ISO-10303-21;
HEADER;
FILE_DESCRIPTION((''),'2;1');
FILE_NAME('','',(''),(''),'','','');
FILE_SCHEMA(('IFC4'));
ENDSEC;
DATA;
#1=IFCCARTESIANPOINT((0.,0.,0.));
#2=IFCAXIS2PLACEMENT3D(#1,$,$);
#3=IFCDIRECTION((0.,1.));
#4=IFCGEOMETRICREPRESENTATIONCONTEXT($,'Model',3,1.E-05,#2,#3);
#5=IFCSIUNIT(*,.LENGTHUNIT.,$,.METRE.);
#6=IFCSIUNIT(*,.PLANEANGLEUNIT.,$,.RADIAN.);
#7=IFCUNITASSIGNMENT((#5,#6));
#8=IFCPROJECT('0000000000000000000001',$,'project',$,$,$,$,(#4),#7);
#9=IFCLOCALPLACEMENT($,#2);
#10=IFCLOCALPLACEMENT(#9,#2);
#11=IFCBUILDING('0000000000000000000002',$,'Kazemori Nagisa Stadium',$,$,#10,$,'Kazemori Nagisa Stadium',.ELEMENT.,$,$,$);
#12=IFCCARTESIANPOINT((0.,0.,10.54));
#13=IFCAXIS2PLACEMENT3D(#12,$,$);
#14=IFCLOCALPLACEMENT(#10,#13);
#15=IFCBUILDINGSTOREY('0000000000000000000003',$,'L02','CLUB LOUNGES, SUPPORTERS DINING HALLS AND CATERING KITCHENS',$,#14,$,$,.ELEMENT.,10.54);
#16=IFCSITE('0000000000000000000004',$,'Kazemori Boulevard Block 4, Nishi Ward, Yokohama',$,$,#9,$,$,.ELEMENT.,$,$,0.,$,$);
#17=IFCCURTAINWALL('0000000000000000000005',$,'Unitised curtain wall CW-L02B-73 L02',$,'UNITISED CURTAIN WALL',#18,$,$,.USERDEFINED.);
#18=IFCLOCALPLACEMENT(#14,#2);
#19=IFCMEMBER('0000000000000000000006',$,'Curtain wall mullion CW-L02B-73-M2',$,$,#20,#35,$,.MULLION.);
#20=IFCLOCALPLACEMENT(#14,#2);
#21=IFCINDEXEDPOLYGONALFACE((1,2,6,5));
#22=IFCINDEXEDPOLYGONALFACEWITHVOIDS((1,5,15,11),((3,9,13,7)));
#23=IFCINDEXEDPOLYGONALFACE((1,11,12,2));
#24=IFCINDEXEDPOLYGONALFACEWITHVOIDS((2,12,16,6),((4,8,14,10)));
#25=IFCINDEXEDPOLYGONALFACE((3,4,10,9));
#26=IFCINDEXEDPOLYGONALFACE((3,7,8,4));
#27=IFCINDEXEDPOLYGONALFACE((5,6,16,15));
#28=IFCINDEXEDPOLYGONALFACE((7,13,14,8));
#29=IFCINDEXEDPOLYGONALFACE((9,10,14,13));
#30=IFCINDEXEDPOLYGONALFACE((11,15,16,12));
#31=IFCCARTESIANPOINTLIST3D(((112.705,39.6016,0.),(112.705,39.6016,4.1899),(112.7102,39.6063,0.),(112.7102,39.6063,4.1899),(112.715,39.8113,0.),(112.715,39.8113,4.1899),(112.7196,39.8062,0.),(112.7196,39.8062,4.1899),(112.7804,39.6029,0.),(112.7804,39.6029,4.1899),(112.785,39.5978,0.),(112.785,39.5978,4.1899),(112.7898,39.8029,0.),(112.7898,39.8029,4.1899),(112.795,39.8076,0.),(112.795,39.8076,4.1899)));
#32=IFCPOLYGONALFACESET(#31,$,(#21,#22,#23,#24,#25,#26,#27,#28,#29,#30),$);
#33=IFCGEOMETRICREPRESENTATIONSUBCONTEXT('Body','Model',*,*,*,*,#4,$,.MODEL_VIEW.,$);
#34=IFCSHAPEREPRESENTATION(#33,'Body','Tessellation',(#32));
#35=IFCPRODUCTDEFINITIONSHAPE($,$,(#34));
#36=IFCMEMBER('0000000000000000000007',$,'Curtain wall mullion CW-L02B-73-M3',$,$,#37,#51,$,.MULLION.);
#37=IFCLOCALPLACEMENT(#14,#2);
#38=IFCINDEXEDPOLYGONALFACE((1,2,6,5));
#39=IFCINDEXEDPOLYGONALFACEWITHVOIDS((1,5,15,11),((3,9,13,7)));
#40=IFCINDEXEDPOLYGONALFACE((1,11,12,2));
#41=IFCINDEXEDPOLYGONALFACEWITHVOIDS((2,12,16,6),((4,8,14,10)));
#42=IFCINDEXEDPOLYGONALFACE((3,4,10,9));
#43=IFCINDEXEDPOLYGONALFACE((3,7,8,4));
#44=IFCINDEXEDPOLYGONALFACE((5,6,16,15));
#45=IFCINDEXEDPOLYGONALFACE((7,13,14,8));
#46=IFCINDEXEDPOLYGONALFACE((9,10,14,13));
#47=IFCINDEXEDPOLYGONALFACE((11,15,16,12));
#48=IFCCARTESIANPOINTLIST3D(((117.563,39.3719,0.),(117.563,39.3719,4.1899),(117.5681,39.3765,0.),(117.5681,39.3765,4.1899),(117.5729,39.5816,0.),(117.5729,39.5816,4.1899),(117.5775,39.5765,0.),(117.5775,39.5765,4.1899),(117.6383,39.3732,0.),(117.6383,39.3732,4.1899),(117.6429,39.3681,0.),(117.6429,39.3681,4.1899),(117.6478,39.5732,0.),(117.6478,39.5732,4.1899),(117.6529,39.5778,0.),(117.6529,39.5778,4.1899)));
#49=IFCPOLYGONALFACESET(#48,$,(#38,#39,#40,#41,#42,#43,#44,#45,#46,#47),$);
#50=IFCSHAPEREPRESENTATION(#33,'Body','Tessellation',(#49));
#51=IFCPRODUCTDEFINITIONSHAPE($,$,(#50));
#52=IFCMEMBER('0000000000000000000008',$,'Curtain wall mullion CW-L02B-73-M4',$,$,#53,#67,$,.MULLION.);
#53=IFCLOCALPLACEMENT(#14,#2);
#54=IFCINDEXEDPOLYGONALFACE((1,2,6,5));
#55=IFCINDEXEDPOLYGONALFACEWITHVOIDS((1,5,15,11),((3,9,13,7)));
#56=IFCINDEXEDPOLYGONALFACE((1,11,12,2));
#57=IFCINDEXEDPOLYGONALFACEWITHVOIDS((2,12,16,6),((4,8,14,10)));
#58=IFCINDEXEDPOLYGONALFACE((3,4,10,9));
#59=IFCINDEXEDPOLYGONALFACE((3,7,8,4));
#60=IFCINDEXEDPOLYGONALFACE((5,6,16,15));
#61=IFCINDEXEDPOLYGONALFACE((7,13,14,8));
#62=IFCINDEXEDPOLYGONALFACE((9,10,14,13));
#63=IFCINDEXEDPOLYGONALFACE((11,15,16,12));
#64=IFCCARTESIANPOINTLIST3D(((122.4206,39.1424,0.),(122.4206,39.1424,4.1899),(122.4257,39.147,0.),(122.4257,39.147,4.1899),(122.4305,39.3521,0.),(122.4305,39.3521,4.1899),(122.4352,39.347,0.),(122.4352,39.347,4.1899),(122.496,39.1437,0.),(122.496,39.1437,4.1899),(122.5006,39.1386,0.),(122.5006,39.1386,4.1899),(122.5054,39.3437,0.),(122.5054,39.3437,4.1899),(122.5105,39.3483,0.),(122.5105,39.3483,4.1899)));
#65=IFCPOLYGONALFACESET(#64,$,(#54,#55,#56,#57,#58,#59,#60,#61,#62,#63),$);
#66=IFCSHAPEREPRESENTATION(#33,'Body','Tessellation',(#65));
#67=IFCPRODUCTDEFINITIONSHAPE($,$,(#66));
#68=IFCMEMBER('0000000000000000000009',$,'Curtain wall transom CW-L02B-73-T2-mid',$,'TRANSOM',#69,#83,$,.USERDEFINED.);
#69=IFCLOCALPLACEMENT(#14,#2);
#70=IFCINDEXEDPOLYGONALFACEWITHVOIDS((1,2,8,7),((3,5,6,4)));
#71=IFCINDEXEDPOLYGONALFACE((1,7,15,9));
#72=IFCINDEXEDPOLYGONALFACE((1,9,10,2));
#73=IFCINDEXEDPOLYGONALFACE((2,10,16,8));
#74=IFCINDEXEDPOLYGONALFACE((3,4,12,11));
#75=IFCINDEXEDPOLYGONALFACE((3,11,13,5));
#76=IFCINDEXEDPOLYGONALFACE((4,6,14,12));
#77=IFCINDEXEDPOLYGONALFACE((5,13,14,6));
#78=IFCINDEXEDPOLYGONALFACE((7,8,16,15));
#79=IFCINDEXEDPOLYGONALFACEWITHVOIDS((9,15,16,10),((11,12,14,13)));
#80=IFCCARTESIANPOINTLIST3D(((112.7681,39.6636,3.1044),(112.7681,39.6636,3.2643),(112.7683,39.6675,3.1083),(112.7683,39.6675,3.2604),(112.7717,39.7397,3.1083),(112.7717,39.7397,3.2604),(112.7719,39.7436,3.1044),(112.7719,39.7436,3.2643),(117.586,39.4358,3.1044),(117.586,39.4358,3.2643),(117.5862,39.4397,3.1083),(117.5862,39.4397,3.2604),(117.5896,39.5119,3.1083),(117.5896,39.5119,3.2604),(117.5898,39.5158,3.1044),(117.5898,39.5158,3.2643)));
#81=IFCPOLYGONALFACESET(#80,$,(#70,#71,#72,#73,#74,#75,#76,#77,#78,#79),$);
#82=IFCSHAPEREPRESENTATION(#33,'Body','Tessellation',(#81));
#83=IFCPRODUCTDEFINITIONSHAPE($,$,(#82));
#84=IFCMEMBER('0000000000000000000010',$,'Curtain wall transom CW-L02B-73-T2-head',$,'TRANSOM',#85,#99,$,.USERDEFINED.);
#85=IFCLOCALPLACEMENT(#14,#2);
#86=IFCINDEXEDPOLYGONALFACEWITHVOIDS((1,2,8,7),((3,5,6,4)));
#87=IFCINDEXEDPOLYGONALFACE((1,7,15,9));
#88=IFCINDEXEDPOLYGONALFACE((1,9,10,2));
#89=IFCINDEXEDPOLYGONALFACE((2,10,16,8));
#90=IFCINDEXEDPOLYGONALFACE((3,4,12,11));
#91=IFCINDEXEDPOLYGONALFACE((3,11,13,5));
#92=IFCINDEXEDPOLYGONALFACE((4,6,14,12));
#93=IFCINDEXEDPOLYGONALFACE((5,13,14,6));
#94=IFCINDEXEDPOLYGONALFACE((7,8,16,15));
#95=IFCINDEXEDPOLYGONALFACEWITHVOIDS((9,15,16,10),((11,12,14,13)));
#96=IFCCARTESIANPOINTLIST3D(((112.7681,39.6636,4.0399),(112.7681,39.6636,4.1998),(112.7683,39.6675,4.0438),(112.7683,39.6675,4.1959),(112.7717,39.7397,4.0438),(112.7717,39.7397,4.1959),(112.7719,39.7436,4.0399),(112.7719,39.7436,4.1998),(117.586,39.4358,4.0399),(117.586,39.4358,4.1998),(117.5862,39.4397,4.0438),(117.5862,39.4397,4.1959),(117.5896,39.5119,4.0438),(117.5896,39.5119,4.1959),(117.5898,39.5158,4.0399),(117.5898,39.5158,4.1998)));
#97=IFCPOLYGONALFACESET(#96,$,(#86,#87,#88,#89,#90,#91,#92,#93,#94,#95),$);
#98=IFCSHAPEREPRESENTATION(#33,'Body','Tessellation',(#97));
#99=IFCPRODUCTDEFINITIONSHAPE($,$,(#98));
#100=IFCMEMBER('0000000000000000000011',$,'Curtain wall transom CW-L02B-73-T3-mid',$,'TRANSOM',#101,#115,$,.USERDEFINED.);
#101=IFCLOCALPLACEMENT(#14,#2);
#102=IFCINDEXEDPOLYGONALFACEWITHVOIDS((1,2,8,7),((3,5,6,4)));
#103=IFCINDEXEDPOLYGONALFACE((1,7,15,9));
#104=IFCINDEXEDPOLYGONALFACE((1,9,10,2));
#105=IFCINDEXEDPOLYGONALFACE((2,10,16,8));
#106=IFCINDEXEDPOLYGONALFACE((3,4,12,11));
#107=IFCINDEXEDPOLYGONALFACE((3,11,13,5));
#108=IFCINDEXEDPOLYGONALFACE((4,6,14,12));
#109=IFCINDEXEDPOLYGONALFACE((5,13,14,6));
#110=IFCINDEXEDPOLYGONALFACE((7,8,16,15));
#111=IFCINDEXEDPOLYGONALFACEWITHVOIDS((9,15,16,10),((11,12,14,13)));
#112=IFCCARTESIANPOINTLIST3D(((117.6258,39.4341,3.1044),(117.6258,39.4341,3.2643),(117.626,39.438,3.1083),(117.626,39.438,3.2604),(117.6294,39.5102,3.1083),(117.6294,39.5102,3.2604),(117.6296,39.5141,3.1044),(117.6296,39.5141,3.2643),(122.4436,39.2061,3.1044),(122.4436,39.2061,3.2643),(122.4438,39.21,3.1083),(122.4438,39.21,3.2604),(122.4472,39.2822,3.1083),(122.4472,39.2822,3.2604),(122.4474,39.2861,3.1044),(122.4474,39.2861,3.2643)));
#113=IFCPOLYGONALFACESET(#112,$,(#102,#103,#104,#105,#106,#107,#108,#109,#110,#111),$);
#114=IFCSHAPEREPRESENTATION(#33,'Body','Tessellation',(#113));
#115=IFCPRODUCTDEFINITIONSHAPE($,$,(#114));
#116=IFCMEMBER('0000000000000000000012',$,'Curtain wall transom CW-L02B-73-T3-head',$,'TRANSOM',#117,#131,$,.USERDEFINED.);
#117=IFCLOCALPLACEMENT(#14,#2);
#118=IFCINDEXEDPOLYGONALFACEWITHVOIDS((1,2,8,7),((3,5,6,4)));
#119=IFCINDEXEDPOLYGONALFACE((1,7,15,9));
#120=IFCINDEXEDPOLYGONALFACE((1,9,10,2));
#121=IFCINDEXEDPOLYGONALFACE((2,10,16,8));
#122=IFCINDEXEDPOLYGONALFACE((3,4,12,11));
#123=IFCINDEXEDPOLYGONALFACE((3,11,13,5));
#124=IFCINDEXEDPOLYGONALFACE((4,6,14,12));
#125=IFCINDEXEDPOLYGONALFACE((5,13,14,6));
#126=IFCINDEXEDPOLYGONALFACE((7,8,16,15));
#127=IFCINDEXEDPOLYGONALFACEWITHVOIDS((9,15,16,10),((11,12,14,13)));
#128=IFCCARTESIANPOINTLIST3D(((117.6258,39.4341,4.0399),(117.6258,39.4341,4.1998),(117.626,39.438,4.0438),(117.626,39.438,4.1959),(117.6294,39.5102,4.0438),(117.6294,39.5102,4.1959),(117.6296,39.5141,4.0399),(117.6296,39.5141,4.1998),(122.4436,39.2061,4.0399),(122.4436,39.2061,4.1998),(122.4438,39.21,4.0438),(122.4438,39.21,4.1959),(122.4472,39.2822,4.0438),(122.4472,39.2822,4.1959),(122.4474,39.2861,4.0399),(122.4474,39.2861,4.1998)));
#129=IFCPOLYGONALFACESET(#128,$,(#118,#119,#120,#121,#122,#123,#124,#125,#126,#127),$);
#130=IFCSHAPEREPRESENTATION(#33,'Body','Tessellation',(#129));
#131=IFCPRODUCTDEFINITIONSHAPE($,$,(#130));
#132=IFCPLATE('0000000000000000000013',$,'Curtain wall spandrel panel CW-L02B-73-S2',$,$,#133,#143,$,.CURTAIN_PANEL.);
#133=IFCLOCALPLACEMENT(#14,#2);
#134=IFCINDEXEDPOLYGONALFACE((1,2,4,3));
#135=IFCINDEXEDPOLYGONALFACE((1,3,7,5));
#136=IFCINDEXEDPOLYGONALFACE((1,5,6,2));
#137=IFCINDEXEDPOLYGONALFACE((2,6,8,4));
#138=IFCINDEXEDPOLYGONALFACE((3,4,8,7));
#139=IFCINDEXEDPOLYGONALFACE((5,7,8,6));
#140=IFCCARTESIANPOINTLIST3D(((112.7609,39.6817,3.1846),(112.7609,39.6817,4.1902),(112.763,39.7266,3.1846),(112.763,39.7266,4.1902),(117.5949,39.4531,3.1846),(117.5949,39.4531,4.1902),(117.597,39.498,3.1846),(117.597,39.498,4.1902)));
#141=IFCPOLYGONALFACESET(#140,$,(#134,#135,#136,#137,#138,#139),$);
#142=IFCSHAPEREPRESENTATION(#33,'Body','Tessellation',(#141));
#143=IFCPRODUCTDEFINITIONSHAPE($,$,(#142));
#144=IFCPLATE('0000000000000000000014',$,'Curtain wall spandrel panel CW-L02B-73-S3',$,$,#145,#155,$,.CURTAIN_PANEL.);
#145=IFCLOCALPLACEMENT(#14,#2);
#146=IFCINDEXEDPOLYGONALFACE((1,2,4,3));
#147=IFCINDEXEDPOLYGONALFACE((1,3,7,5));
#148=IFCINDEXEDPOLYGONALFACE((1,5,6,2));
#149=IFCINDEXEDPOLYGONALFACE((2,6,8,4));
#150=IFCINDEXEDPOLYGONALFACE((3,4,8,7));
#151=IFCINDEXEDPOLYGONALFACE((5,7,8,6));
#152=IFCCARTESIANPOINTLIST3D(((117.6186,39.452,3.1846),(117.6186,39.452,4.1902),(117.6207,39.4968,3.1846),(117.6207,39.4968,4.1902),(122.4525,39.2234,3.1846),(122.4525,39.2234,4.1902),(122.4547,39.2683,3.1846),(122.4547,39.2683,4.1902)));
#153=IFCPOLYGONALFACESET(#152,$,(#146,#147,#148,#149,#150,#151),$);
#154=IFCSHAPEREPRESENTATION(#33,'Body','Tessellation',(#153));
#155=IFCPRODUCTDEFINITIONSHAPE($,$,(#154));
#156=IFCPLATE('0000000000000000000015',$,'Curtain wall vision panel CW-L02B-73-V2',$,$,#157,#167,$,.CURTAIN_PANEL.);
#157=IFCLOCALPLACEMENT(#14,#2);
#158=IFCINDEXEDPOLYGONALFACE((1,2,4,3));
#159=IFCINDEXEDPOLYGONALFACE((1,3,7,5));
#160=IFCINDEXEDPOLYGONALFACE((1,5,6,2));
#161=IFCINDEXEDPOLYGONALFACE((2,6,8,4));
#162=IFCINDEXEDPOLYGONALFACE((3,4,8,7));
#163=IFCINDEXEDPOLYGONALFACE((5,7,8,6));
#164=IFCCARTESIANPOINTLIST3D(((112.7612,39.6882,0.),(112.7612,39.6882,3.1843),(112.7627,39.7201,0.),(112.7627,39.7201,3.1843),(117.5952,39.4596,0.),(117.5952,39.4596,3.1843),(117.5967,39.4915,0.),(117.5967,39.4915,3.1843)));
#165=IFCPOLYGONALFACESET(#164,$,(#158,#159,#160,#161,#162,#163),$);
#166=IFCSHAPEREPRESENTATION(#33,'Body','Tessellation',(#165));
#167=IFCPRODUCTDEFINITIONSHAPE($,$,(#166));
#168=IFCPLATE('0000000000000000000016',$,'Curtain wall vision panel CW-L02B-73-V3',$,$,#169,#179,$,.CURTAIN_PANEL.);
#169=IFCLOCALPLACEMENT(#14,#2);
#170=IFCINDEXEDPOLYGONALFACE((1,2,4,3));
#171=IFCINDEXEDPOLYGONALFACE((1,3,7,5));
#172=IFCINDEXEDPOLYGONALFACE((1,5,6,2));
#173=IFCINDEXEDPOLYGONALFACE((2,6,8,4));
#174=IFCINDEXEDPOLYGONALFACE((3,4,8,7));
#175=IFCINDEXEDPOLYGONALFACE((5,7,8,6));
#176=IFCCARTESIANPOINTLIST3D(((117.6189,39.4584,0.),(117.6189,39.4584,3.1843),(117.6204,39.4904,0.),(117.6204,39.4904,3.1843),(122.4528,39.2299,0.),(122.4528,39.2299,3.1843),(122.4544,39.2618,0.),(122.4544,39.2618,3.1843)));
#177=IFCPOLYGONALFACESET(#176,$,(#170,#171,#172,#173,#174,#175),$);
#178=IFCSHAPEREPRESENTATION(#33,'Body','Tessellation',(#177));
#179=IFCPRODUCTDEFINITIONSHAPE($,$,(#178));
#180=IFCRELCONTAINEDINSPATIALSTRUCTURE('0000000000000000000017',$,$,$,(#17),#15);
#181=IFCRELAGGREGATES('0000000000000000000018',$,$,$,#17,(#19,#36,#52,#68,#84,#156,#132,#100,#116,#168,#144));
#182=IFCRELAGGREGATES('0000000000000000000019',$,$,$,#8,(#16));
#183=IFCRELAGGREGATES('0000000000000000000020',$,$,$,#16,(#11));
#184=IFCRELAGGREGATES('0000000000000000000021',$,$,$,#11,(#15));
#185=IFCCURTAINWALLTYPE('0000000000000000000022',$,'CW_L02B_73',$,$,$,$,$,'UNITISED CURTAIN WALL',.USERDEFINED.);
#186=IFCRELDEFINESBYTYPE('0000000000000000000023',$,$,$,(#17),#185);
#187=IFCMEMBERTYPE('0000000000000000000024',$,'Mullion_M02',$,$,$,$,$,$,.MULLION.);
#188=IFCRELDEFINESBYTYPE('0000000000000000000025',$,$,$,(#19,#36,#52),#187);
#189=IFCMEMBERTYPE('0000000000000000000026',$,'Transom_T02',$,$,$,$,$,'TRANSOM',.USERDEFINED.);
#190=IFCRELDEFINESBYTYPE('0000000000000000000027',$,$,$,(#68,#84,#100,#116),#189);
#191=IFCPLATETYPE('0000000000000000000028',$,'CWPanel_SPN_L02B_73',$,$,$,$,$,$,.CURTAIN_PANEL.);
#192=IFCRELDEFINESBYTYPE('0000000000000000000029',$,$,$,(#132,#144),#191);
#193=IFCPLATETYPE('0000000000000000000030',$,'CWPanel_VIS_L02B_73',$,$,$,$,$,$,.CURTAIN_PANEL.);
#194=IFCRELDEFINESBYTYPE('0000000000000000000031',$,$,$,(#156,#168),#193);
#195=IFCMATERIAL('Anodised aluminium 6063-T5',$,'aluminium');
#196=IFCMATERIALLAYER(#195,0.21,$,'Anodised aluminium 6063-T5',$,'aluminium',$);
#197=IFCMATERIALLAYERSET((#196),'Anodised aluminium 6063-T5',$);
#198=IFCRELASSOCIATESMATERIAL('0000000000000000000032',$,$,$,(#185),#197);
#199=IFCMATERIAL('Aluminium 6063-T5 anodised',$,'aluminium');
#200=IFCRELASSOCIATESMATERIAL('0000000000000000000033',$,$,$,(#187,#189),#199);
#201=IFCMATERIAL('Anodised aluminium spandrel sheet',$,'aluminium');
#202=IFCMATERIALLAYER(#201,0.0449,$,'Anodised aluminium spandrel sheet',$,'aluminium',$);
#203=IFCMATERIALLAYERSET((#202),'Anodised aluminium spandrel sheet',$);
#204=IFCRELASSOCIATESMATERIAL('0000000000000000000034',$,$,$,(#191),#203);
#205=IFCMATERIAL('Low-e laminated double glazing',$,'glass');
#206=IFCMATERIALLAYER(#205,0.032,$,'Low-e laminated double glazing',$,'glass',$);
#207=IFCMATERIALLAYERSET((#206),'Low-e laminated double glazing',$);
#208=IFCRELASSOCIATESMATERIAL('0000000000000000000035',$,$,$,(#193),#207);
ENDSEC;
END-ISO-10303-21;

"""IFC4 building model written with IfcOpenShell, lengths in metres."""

from ifc_helpers import new_model, si_unit, direction, frame, origin, origin_2d, place, context, subcontext, project, spatial, rectangle, hollow_rectangle, extrude, material, layer, layer_set, material_profile, profile_set, type_object, element, aggregate, save


model = new_model("IFC4")

# Units and contexts
model_context = context("Model", 3, precision=1e-05, world=origin(), true_north=direction((0.0, 1.0)))
body_context = subcontext(model_context, "Body", "Model", "MODEL_VIEW")
ifc_project = project(units=[si_unit("LENGTHUNIT", "METRE"), si_unit("PLANEANGLEUNIT", "RADIAN")], contexts=[model_context])

# Site, building, storey
site_placement = place(None, origin())
site = spatial("IfcSite", under=ifc_project, at=site_placement, Name="Kazemori Boulevard Block 4, Nishi Ward, Yokohama", CompositionType="ELEMENT", RefElevation=0.0)
building_placement = place(site_placement, origin())
building = spatial("IfcBuilding", under=site, at=building_placement, Name="Kazemori Nagisa Stadium", LongName="Kazemori Nagisa Stadium", CompositionType="ELEMENT")
storey_placement = place(building_placement, frame((0.0, 0.0, 10.54)))
storey = spatial("IfcBuildingStorey", under=building, at=storey_placement, Name="L02", Description="CLUB LOUNGES, SUPPORTERS DINING HALLS AND CATERING KITCHENS", CompositionType="ELEMENT", Elevation=10.54)

# Curtain wall, members, plates
ifc_material_1 = material(Name="Anodised aluminium 6063-T5", Category="aluminium")
ifc_layer_1 = layer(ifc_material_1, 0.21, Name="Anodised aluminium 6063-T5", Category="aluminium")
ifc_layer_set_1 = layer_set([ifc_layer_1], Name="Anodised aluminium 6063-T5")
curtain_wall_type = type_object("IfcCurtainWallType", Name="CW_L02B_73", ElementType="UNITISED CURTAIN WALL", PredefinedType="USERDEFINED", material=ifc_layer_set_1)
curtain_wall_placement = place(storey_placement, origin())
curtain_wall = element("IfcCurtainWall", 1, at=curtain_wall_placement, inside=storey, type_object=curtain_wall_type, Name="Unitised curtain wall CW-L02B-73 L02", ObjectType="UNITISED CURTAIN WALL", PredefinedType="USERDEFINED")
ifc_material_2 = material(Name="Aluminium 6063-T5 anodised", Category="aluminium")
ifc_material_profile_1 = material_profile(ifc_material_2, hollow_rectangle(XDim=0.0801, YDim=0.21, WallThickness=0.0049, at=origin_2d()), Name="ALU-MULL-80x210x5")
ifc_profile_set_1 = profile_set([ifc_material_profile_1], Name="Aluminium 6063-T5 anodised")
member_type_1 = type_object("IfcMemberType", Name="Mullion_M02", PredefinedType="MULLION", material=ifc_profile_set_1)
member_1_placement = place(storey_placement, frame((112.75, 39.7046, 0.0), z_axis=(0.0, 0.0, 1.0), x_axis=(0.998884, -0.04723, 0.0)))
member_1 = element("IfcMember", 2, at=member_1_placement, type_object=member_type_1, Name="Curtain wall mullion CW-L02B-73-M2", PredefinedType="MULLION", context=body_context, shape_type="SweptSolid", body=[
    extrude(hollow_rectangle(XDim=0.0801, YDim=0.21, WallThickness=0.0049, at=origin_2d()), origin(), (0.0, 0.0, 1.0), 4.1899),
])
member_2_placement = place(storey_placement, frame((117.6079, 39.4749, 0.0), z_axis=(0.0, 0.0, 1.0), x_axis=(0.998884, -0.04723, 0.0)))
member_2 = element("IfcMember", 3, at=member_2_placement, type_object=member_type_1, Name="Curtain wall mullion CW-L02B-73-M3", PredefinedType="MULLION", context=body_context, shape_type="SweptSolid", body=[
    extrude(hollow_rectangle(XDim=0.0801, YDim=0.21, WallThickness=0.0049, at=origin_2d()), origin(), (0.0, 0.0, 1.0), 4.1899),
])
member_3_placement = place(storey_placement, frame((122.4656, 39.2454, 0.0), z_axis=(0.0, 0.0, 1.0), x_axis=(0.998884, -0.04723, 0.0)))
member_3 = element("IfcMember", 4, at=member_3_placement, type_object=member_type_1, Name="Curtain wall mullion CW-L02B-73-M4", PredefinedType="MULLION", context=body_context, shape_type="SweptSolid", body=[
    extrude(hollow_rectangle(XDim=0.0801, YDim=0.21, WallThickness=0.0049, at=origin_2d()), origin(), (0.0, 0.0, 1.0), 4.1899),
])
ifc_material_profile_2 = material_profile(ifc_material_2, hollow_rectangle(XDim=0.0801, YDim=0.1599, WallThickness=0.0039, at=origin_2d()), Name="ALU-TRAN-80x160x4")
ifc_profile_set_2 = profile_set([ifc_material_profile_2], Name="Aluminium 6063-T5 anodised")
member_type_2 = type_object("IfcMemberType", Name="Transom_T02", ElementType="TRANSOM", PredefinedType="USERDEFINED", material=ifc_profile_set_2)
member_4_placement = place(storey_placement, frame((112.77, 39.7036, 3.1843), z_axis=(0.998884, -0.047226, 0.0), x_axis=(0.047226, 0.998884, 0.0)))
member_4 = element("IfcMember", 5, at=member_4_placement, type_object=member_type_2, Name="Curtain wall transom CW-L02B-73-T2-mid", ObjectType="TRANSOM", PredefinedType="USERDEFINED", context=body_context, shape_type="SweptSolid", body=[
    extrude(hollow_rectangle(XDim=0.0801, YDim=0.1599, WallThickness=0.0039, at=origin_2d()), origin(), (0.0, 0.0, 1.0), 4.8232),
])
member_5_placement = place(storey_placement, frame((112.77, 39.7036, 4.1199), z_axis=(0.998884, -0.047226, 0.0), x_axis=(0.047226, 0.998884, 0.0)))
member_5 = element("IfcMember", 6, at=member_5_placement, type_object=member_type_2, Name="Curtain wall transom CW-L02B-73-T2-head", ObjectType="TRANSOM", PredefinedType="USERDEFINED", context=body_context, shape_type="SweptSolid", body=[
    extrude(hollow_rectangle(XDim=0.0801, YDim=0.1599, WallThickness=0.0039, at=origin_2d()), origin(), (0.0, 0.0, 1.0), 4.8232),
])
member_6_placement = place(storey_placement, frame((117.6277, 39.4741, 3.1843), z_axis=(0.998882, -0.047277, 0.0), x_axis=(0.047277, 0.998882, 0.0)))
member_6 = element("IfcMember", 7, at=member_6_placement, type_object=member_type_2, Name="Curtain wall transom CW-L02B-73-T3-mid", ObjectType="TRANSOM", PredefinedType="USERDEFINED", context=body_context, shape_type="SweptSolid", body=[
    extrude(hollow_rectangle(XDim=0.0801, YDim=0.1599, WallThickness=0.0039, at=origin_2d()), origin(), (0.0, 0.0, 1.0), 4.8232),
])
member_7_placement = place(storey_placement, frame((117.6277, 39.4741, 4.1199), z_axis=(0.998882, -0.047277, 0.0), x_axis=(0.047277, 0.998882, 0.0)))
member_7 = element("IfcMember", 8, at=member_7_placement, type_object=member_type_2, Name="Curtain wall transom CW-L02B-73-T3-head", ObjectType="TRANSOM", PredefinedType="USERDEFINED", context=body_context, shape_type="SweptSolid", body=[
    extrude(hollow_rectangle(XDim=0.0801, YDim=0.1599, WallThickness=0.0039, at=origin_2d()), origin(), (0.0, 0.0, 1.0), 4.8232),
])
ifc_material_3 = material(Name="Anodised aluminium spandrel sheet", Category="aluminium")
ifc_layer_2 = layer(ifc_material_3, 0.0449, Name="Anodised aluminium spandrel sheet", Category="aluminium")
ifc_layer_set_2 = layer_set([ifc_layer_2], Name="Anodised aluminium spandrel sheet")
plate_type_1 = type_object("IfcPlateType", Name="CWPanel_SPN_L02B_73", PredefinedType="CURTAIN_PANEL", material=ifc_layer_set_2)
plate_1_placement = place(storey_placement, frame((115.179, 39.5898, 3.1846), z_axis=(0.0, 0.0, 1.0), x_axis=(0.998884, -0.04723, 0.0)))
plate_1 = element("IfcPlate", 9, at=plate_1_placement, type_object=plate_type_1, Name="Curtain wall spandrel panel CW-L02B-73-S2", PredefinedType="CURTAIN_PANEL", context=body_context, shape_type="SweptSolid", body=[
    extrude(rectangle(XDim=4.8394, YDim=0.0449, at=origin_2d()), origin(), (0.0, 0.0, 1.0), 1.0056),
])
plate_2_placement = place(storey_placement, frame((120.0366, 39.3601, 3.1846), z_axis=(0.0, 0.0, 1.0), x_axis=(0.998884, -0.04723, 0.0)))
plate_2 = element("IfcPlate", 10, at=plate_2_placement, type_object=plate_type_1, Name="Curtain wall spandrel panel CW-L02B-73-S3", PredefinedType="CURTAIN_PANEL", context=body_context, shape_type="SweptSolid", body=[
    extrude(rectangle(XDim=4.8394, YDim=0.0449, at=origin_2d()), origin(), (0.0, 0.0, 1.0), 1.0056),
])
ifc_material_4 = material(Name="Low-e laminated double glazing", Category="glass")
ifc_layer_3 = layer(ifc_material_4, 0.032, Name="Low-e laminated double glazing", Category="glass")
ifc_layer_set_3 = layer_set([ifc_layer_3], Name="Low-e laminated double glazing")
plate_type_2 = type_object("IfcPlateType", Name="CWPanel_VIS_L02B_73", PredefinedType="CURTAIN_PANEL", material=ifc_layer_set_3)
plate_3_placement = place(storey_placement, frame((115.179, 39.5898, 0.0), z_axis=(0.0, 0.0, 1.0), x_axis=(0.998884, -0.04723, 0.0)))
plate_3 = element("IfcPlate", 11, at=plate_3_placement, type_object=plate_type_2, Name="Curtain wall vision panel CW-L02B-73-V2", PredefinedType="CURTAIN_PANEL", context=body_context, shape_type="SweptSolid", body=[
    extrude(rectangle(XDim=4.8394, YDim=0.032, at=origin_2d()), origin(), (0.0, 0.0, 1.0), 3.1843),
])
plate_4_placement = place(storey_placement, frame((120.0366, 39.3601, 0.0), z_axis=(0.0, 0.0, 1.0), x_axis=(0.998884, -0.04723, 0.0)))
plate_4 = element("IfcPlate", 12, at=plate_4_placement, type_object=plate_type_2, Name="Curtain wall vision panel CW-L02B-73-V3", PredefinedType="CURTAIN_PANEL", context=body_context, shape_type="SweptSolid", body=[
    extrude(rectangle(XDim=4.8394, YDim=0.032, at=origin_2d()), origin(), (0.0, 0.0, 1.0), 3.1843),
])
aggregate(curtain_wall, [member_1, member_2, member_3, member_4, member_5, plate_3, plate_1, member_6, member_7, plate_4, plate_2])

save(model, "model.ifc")
